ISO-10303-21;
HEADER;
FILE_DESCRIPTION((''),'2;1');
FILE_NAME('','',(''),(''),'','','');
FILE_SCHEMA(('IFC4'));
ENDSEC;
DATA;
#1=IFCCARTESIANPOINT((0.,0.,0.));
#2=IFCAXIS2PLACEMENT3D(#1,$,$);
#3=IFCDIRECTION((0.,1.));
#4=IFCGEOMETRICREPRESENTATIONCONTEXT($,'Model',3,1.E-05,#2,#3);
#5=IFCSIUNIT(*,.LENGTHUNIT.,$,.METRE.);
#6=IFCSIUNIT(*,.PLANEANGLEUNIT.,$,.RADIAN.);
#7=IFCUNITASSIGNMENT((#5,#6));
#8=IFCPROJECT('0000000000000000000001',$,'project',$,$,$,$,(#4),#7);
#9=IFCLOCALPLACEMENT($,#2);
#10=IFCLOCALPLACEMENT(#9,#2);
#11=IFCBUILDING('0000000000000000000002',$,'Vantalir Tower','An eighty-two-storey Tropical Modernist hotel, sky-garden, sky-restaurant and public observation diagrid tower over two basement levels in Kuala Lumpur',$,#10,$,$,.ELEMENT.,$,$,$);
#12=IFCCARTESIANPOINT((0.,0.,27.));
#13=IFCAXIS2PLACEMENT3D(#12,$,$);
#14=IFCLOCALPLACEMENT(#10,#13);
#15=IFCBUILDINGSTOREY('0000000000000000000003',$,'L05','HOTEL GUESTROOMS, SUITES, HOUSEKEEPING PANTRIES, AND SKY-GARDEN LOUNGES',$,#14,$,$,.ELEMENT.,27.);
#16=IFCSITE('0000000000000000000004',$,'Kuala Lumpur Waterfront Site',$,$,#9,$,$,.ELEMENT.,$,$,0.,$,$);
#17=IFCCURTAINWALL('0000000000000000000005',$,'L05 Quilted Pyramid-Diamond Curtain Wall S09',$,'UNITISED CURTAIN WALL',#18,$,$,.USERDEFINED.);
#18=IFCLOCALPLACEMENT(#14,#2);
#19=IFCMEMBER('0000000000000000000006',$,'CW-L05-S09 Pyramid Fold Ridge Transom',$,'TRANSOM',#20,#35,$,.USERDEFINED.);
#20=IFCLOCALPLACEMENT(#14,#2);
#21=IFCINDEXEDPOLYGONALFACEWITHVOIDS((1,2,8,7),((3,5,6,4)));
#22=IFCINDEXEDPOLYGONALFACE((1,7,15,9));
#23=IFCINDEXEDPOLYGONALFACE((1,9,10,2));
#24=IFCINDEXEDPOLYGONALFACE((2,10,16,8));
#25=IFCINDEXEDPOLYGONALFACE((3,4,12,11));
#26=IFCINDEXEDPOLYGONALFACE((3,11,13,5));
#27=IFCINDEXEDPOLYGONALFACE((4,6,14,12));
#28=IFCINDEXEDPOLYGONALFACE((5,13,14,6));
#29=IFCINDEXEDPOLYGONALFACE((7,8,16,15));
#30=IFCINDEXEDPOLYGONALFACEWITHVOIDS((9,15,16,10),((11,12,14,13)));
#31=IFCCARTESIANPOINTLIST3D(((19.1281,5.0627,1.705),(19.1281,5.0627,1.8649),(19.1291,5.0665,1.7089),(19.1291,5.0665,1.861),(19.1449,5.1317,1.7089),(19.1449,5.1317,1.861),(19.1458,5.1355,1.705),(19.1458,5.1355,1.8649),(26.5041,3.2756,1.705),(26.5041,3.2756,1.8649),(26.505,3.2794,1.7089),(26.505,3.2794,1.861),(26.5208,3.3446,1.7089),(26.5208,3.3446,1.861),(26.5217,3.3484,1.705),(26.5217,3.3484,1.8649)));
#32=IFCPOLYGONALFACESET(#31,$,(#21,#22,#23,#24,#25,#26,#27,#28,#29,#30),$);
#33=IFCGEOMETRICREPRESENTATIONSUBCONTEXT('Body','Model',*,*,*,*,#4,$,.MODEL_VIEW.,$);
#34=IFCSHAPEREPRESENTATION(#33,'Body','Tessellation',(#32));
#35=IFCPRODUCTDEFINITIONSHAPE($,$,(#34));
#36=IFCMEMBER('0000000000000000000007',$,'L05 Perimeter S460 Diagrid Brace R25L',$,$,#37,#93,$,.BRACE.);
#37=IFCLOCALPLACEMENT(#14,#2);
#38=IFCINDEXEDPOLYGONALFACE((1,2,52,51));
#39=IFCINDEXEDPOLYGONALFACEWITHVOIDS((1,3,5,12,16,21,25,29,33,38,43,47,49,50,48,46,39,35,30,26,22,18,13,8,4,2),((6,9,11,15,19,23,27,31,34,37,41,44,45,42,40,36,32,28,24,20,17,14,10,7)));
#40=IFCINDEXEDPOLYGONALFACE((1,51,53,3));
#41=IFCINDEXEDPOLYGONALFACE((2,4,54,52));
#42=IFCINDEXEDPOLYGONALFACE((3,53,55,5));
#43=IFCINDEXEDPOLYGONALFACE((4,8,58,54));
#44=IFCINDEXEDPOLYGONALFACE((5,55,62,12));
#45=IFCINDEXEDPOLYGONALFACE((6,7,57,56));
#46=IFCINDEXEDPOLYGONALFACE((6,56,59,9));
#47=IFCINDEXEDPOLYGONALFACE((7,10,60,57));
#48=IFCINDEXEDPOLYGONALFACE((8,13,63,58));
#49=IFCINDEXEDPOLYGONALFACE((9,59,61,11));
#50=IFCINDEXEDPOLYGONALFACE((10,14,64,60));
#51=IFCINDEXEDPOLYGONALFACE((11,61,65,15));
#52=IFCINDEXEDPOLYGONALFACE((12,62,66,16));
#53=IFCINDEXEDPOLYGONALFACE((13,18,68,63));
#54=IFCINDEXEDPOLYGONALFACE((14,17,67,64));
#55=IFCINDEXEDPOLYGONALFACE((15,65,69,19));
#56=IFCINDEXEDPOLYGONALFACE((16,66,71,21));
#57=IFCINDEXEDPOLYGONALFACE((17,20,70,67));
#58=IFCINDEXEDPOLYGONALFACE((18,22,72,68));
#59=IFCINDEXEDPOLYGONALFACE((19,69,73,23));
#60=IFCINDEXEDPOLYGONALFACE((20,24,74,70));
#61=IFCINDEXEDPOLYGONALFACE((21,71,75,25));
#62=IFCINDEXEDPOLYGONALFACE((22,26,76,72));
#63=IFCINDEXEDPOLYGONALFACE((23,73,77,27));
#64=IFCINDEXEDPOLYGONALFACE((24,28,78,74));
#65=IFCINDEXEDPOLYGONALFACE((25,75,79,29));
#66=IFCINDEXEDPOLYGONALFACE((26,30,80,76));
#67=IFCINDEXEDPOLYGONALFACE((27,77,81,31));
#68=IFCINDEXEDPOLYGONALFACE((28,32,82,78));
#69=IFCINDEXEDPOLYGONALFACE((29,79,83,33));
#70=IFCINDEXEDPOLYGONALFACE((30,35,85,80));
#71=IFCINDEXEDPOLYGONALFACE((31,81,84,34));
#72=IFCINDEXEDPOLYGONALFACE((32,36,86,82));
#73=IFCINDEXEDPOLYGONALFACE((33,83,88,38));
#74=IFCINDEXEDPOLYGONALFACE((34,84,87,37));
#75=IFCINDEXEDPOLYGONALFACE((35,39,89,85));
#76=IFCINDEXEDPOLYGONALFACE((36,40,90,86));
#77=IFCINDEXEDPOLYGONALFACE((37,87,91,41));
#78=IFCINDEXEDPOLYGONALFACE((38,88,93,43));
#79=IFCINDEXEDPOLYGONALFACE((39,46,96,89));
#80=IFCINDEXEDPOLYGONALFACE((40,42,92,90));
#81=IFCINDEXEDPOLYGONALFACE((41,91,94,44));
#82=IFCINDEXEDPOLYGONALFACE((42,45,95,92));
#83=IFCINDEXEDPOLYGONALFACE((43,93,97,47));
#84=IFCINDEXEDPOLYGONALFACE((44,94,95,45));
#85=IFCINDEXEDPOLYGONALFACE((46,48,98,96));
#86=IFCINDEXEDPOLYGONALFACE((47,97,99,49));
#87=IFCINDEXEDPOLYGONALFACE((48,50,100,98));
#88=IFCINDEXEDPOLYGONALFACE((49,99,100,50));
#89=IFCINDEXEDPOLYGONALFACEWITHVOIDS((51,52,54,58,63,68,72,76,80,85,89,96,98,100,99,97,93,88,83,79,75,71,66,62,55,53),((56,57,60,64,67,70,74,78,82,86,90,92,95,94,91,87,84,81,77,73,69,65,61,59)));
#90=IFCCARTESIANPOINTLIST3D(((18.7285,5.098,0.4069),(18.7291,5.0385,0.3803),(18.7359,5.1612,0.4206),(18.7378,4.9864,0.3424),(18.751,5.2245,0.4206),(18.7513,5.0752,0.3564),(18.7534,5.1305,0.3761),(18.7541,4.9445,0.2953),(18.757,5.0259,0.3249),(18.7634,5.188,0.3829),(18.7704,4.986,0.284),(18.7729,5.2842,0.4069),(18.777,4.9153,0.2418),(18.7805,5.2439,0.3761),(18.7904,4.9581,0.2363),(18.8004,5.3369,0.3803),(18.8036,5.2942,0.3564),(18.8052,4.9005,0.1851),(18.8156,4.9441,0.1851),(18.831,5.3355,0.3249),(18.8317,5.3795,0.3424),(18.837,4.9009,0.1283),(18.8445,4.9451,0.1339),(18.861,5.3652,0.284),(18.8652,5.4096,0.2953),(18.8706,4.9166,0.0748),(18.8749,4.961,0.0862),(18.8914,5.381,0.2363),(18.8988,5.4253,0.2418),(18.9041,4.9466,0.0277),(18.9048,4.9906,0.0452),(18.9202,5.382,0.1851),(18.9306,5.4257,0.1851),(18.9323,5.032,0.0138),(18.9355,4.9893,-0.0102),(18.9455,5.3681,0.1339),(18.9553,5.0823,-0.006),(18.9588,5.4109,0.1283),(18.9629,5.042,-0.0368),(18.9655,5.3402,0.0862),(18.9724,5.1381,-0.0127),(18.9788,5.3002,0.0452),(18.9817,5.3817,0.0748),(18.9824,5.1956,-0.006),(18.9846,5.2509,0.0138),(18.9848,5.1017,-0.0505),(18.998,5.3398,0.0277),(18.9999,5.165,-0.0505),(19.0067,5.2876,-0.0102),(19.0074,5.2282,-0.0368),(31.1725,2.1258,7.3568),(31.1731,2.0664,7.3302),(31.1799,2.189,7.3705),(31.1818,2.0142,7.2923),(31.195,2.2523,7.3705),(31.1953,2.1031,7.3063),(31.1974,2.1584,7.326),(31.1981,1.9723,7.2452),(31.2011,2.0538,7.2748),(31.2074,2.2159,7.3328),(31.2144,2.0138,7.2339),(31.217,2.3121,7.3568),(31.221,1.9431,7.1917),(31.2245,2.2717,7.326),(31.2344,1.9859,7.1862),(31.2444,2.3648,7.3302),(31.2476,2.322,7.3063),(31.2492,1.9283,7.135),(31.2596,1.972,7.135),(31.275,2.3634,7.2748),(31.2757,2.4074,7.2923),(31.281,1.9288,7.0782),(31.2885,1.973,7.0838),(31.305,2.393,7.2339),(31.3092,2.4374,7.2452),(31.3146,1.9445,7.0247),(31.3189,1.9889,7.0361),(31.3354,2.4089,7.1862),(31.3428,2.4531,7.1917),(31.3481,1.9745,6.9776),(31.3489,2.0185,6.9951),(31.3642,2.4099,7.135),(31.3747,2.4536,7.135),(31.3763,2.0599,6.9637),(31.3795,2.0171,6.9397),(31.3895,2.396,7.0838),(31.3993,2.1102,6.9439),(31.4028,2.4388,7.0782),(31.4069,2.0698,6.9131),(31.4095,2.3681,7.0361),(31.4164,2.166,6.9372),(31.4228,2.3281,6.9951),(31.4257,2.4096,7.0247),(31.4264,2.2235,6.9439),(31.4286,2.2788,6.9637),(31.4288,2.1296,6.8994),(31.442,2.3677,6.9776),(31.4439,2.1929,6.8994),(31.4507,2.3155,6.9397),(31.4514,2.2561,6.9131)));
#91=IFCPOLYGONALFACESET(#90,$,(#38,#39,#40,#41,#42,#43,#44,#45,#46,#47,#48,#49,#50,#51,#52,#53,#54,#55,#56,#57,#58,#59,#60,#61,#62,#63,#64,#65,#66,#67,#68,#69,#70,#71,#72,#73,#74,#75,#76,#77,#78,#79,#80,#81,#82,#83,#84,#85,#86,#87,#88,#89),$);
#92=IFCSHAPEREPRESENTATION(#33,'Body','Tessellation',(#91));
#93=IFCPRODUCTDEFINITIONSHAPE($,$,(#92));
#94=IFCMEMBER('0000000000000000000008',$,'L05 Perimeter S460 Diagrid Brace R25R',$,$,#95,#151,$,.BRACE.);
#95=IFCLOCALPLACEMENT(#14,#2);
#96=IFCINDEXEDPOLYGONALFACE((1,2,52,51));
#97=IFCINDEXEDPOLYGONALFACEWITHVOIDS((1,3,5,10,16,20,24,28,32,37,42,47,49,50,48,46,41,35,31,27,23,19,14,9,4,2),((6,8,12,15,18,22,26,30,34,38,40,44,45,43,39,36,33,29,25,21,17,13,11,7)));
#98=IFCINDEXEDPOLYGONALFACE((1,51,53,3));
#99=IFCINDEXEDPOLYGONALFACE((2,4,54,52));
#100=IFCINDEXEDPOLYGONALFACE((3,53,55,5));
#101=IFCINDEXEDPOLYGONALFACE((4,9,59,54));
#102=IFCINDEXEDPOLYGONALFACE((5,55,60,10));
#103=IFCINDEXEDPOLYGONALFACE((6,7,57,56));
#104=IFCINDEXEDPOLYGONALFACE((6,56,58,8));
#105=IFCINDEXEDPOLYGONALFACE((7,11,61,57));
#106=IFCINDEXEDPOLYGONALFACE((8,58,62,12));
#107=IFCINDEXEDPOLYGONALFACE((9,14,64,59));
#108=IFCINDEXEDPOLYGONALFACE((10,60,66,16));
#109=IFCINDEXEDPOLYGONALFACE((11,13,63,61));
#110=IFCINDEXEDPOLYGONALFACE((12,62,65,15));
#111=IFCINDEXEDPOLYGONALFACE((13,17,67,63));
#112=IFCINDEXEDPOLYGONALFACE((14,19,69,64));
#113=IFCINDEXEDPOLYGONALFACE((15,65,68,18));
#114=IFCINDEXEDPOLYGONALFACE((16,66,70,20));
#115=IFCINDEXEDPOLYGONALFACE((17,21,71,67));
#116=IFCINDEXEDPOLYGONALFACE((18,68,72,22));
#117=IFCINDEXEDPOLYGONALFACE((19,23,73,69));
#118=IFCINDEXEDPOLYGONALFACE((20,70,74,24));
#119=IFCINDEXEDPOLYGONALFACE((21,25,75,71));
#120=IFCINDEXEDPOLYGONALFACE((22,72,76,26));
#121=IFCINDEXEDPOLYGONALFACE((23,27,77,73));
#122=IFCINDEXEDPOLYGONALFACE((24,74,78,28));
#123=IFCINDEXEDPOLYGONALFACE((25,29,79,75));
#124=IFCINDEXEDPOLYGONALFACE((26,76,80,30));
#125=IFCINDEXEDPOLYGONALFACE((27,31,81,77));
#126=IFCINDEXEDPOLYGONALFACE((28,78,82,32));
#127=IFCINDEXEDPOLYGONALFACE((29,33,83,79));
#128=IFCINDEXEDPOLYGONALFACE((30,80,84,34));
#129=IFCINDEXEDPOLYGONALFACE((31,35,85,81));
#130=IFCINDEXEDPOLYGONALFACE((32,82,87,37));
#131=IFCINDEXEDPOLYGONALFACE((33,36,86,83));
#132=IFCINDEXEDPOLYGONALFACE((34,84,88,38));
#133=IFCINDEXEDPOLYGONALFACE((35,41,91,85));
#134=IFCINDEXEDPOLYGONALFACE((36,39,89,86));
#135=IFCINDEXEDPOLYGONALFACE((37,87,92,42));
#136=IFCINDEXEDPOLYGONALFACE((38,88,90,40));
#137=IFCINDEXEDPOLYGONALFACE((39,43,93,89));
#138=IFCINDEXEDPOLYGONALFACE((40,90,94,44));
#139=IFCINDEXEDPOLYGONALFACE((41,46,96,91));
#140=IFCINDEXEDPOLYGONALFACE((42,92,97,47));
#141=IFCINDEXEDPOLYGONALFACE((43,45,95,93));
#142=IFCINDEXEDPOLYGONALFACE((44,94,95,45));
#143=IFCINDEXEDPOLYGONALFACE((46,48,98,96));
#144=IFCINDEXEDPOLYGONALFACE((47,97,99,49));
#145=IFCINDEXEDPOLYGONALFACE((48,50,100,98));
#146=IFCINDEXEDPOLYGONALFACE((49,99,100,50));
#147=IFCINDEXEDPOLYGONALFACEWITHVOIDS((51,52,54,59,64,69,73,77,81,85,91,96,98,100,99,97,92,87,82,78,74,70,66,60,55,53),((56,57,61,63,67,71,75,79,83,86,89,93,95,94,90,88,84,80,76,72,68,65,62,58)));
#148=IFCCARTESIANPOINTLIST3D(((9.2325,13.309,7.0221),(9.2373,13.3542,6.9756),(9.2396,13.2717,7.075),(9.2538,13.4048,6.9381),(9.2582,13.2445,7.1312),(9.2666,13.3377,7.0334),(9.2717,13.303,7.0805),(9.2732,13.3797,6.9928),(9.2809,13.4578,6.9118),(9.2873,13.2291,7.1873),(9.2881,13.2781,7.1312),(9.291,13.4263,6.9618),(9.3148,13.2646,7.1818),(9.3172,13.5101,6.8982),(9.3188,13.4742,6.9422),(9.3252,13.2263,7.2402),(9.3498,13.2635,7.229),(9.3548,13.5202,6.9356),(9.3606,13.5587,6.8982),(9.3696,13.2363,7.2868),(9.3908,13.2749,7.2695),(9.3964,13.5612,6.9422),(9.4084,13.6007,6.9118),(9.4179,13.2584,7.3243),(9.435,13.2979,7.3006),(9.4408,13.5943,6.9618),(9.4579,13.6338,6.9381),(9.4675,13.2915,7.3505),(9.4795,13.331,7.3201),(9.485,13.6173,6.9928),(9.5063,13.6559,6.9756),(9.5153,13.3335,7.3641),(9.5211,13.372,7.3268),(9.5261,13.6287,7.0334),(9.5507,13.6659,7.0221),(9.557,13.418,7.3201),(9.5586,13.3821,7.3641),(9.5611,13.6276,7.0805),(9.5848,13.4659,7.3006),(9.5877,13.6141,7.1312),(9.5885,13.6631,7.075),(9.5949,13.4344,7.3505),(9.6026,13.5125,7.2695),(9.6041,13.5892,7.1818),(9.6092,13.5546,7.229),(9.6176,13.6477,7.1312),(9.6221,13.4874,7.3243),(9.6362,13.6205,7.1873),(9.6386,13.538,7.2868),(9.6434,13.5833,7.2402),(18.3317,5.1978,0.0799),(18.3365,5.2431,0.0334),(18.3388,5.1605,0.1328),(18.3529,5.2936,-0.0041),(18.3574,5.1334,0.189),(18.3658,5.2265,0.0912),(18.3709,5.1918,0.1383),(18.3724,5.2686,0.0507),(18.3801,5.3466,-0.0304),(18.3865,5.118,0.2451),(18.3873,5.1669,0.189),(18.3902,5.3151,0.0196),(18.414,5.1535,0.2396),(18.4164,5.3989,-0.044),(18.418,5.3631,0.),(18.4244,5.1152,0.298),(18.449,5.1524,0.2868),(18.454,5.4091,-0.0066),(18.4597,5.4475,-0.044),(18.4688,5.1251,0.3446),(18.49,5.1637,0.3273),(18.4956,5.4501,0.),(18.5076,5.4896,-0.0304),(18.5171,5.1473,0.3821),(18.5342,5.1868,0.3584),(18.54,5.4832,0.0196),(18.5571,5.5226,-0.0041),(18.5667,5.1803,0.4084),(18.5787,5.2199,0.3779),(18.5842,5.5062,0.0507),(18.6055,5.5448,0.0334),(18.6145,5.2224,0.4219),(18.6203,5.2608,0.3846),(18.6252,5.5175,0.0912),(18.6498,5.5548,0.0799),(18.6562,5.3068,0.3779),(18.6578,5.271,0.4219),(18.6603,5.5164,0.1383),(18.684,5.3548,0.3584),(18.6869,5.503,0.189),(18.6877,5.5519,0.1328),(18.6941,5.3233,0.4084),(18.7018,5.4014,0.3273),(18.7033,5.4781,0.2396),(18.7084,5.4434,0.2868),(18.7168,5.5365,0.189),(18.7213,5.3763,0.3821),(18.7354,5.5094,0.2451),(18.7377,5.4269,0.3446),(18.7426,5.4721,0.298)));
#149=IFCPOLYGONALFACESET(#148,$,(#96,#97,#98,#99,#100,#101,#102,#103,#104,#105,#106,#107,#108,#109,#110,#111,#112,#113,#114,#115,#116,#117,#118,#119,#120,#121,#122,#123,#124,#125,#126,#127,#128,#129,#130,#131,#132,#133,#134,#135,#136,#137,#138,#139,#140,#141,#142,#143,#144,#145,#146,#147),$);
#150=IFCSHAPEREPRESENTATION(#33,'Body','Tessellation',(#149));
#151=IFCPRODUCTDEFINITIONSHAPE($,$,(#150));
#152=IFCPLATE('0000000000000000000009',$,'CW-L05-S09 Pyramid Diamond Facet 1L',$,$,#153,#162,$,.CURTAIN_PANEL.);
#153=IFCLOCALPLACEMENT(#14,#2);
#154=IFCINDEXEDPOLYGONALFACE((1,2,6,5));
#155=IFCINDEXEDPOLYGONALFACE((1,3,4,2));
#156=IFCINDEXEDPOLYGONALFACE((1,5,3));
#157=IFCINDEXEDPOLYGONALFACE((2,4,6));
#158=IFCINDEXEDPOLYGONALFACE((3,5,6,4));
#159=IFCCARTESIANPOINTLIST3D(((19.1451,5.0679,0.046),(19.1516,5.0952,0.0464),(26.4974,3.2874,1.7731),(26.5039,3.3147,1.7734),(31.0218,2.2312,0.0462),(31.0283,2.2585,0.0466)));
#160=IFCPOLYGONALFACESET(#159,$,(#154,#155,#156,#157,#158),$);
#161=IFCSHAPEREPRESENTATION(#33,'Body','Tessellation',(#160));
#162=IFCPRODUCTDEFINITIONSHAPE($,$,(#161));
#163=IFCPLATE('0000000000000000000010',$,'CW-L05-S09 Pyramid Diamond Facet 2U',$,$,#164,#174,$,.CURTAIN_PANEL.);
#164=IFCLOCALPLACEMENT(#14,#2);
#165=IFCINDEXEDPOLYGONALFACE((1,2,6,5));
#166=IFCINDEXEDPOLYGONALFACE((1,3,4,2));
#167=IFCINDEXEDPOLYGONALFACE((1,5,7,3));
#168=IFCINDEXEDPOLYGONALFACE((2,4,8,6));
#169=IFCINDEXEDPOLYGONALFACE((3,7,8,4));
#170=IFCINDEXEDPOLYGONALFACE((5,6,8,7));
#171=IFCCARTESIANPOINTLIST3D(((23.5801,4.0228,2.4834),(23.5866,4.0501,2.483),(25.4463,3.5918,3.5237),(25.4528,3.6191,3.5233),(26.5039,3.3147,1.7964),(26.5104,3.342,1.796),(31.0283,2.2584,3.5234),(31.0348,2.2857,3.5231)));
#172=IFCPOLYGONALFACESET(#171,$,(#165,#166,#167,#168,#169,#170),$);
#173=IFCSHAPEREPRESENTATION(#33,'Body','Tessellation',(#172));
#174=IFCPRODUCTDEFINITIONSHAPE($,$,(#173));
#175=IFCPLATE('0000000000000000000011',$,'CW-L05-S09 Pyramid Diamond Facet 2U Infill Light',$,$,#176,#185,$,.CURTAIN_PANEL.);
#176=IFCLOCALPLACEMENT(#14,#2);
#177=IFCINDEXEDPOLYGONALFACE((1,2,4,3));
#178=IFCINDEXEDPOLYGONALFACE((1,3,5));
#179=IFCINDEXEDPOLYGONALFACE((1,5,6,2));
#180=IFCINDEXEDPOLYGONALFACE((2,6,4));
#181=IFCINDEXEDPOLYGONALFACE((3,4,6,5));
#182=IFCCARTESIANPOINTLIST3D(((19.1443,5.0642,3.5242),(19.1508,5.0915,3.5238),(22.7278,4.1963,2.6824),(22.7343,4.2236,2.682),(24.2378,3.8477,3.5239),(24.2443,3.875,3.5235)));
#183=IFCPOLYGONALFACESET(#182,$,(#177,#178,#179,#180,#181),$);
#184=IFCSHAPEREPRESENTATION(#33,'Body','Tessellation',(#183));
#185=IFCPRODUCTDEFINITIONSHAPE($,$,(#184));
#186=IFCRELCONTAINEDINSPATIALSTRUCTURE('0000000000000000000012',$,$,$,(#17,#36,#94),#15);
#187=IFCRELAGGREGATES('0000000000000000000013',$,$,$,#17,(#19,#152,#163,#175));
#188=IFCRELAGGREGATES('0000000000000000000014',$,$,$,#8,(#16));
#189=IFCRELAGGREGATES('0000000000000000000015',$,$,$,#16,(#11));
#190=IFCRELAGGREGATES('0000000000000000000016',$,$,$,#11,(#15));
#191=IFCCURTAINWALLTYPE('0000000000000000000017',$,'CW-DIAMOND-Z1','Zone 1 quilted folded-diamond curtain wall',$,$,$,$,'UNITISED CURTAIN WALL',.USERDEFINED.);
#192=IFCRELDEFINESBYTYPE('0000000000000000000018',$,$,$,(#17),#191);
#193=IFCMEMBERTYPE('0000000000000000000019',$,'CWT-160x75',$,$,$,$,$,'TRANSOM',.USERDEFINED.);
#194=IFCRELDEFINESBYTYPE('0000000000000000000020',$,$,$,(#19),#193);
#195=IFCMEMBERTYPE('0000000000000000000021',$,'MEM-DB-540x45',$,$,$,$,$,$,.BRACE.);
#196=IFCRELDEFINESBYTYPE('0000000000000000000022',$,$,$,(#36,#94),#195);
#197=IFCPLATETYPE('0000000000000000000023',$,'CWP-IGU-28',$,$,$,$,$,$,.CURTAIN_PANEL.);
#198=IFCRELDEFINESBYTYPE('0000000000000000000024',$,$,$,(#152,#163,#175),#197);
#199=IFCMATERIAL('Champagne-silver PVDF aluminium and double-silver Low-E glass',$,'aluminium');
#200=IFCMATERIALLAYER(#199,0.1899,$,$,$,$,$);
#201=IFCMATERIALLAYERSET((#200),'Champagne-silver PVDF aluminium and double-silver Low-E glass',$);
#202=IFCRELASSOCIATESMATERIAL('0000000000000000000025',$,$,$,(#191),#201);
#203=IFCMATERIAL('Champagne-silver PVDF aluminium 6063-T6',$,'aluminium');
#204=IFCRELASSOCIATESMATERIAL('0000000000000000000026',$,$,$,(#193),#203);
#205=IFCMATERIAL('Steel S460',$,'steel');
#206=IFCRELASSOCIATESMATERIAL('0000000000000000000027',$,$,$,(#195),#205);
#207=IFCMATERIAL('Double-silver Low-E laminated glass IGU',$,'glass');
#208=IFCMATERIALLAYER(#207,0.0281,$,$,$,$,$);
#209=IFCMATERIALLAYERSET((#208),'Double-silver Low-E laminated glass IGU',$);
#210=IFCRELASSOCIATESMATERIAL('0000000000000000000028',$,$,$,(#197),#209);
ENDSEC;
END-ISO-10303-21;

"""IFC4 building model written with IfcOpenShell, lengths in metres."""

from ifc_helpers import new_model, si_unit, direction, frame, origin, origin_2d, place, context, subcontext, project, spatial, polyline, hollow_rectangle, hollow_circle, outline, extrude, material, layer, layer_set, material_profile, profile_set, type_object, element, aggregate, save


model = new_model("IFC4")

# Units and contexts
model_context = context("Model", 3, precision=1e-05, world=origin(), true_north=direction((0.0, 1.0)))
body_context = subcontext(model_context, "Body", "Model", "MODEL_VIEW")
ifc_project = project(units=[si_unit("LENGTHUNIT", "METRE"), si_unit("PLANEANGLEUNIT", "RADIAN")], contexts=[model_context])

# Site, building, storey
site_placement = place(None, origin())
site = spatial("IfcSite", under=ifc_project, at=site_placement, Name="Kuala Lumpur Waterfront Site", CompositionType="ELEMENT", RefElevation=0.0)
building_placement = place(site_placement, origin())
building = spatial("IfcBuilding", under=site, at=building_placement, Name="Vantalir Tower", Description="An eighty-two-storey Tropical Modernist hotel, sky-garden, sky-restaurant and public observation diagrid tower over two basement levels in Kuala Lumpur", CompositionType="ELEMENT")
storey_placement = place(building_placement, frame((0.0, 0.0, 27.0)))
storey = spatial("IfcBuildingStorey", under=building, at=storey_placement, Name="L05", Description="HOTEL GUESTROOMS, SUITES, HOUSEKEEPING PANTRIES, AND SKY-GARDEN LOUNGES", CompositionType="ELEMENT", Elevation=27.0)

# Shared definitions
ifc_material_1 = material(Name="Steel S460", Category="steel")

# Shared definitions
ifc_material_2 = material(Name="Champagne-silver PVDF aluminium and double-silver Low-E glass", Category="aluminium")
ifc_layer_1 = layer(ifc_material_2, 0.1899)
ifc_layer_set_1 = layer_set([ifc_layer_1], Name="Champagne-silver PVDF aluminium and double-silver Low-E glass")
curtain_wall_type = type_object("IfcCurtainWallType", Name="CW-DIAMOND-Z1", Description="Zone 1 quilted folded-diamond curtain wall", ElementType="UNITISED CURTAIN WALL", PredefinedType="USERDEFINED", material=ifc_layer_set_1)
ifc_material_3 = material(Name="Champagne-silver PVDF aluminium 6063-T6", Category="aluminium")

# Curtain wall, member
curtain_wall_1_placement = place(storey_placement, origin())
curtain_wall_1 = element("IfcCurtainWall", 1, at=curtain_wall_1_placement, inside=storey, type_object=curtain_wall_type, Name="L05 Quilted Pyramid-Diamond Curtain Wall S09", ObjectType="UNITISED CURTAIN WALL", PredefinedType="USERDEFINED")
ifc_material_profile_1 = material_profile(ifc_material_3, hollow_rectangle(XDim=0.075, YDim=0.1599, WallThickness=0.0039, at=origin_2d()), Name="Champagne-silver PVDF aluminium 6063-T6")
ifc_profile_set_1 = profile_set([ifc_material_profile_1], Name="Champagne-silver PVDF aluminium 6063-T6")
member_type_1 = type_object("IfcMemberType", Name="CWT-160x75", ElementType="TRANSOM", PredefinedType="USERDEFINED", material=ifc_profile_set_1)
member_1_placement = place(storey_placement, frame((19.137, 5.0991, 1.7849), z_axis=(0.97188, -0.235475, 0.0), x_axis=(0.235475, 0.97188, 0.0)))
member_1 = element("IfcMember", 2, at=member_1_placement, type_object=member_type_1, Name="CW-L05-S09 Pyramid Fold Ridge Transom", ObjectType="TRANSOM", PredefinedType="USERDEFINED", context=body_context, shape_type="SweptSolid", body=[
    extrude(hollow_rectangle(XDim=0.075, YDim=0.1599, WallThickness=0.0039, at=origin_2d()), origin(), (0.0, 0.0, 1.0), 7.5894),
])

# Members
ifc_material_profile_2 = material_profile(ifc_material_1, hollow_circle(Radius=0.27, WallThickness=0.0449, at=origin_2d()), Name="Steel S460")
ifc_profile_set_2 = profile_set([ifc_material_profile_2], Name="Steel S460")
member_type_2 = type_object("IfcMemberType", Name="MEM-DB-540x45", PredefinedType="BRACE", material=ifc_profile_set_2)
member_2_placement = place(storey_placement, frame((18.8679, 5.1631, 0.1851), z_axis=(0.854682, -0.204134, 0.477335), x_axis=(0.232308, 0.972642, 0.0)))
element("IfcMember", 3, at=member_2_placement, inside=storey, type_object=member_type_2, Name="L05 Perimeter S460 Diagrid Brace R25L", PredefinedType="BRACE", context=body_context, shape_type="SweptSolid", body=[
    extrude(hollow_circle(Radius=0.27, WallThickness=0.0449, at=origin_2d()), origin(), (0.0, 0.0, 1.0), 14.5598),
])
member_3_placement = place(storey_placement, frame((18.5371, 5.335, 0.189), z_axis=(-0.648653, 0.578218, 0.494887), x_axis=(-0.665416, -0.746473, 0.0)))
element("IfcMember", 4, at=member_3_placement, inside=storey, type_object=member_type_2, Name="L05 Perimeter S460 Diagrid Brace R25R", PredefinedType="BRACE", context=body_context, shape_type="SweptSolid", body=[
    extrude(hollow_circle(Radius=0.27, WallThickness=0.0449, at=origin_2d()), origin(), (0.0, 0.0, 1.0), 14.0278),
])

# Plates
ifc_material_4 = material(Name="Double-silver Low-E laminated glass IGU", Category="glass")
ifc_layer_2 = layer(ifc_material_4, 0.0281)
ifc_layer_set_2 = layer_set([ifc_layer_2], Name="Double-silver Low-E laminated glass IGU")
plate_type_1 = type_object("IfcPlateType", Name="CWP-IGU-28", PredefinedType="CURTAIN_PANEL", material=ifc_layer_set_2)
plate_1_placement = place(storey_placement, frame((19.1516, 5.0952, 0.0464), z_axis=(0.232287, 0.97255, 0.013782), x_axis=(0.972642, -0.232309, 0.00002)))
plate_1 = element("IfcPlate", 5, at=plate_1_placement, type_object=plate_type_1, Name="CW-L05-S09 Pyramid Diamond Facet 1L", PredefinedType="CURTAIN_PANEL", context=body_context, shape_type="SweptSolid", body=[
    extrude(outline(polyline([(0.0, 0.0), (12.2108, 0.0), (7.5648, -1.7271), (0.0, 0.0)])), origin(), (0.0, 0.0, -1.0), 0.0281),
])
plate_2_placement = place(storey_placement, frame((25.4463, 3.5918, 3.5237), z_axis=(-0.232309, -0.972545, 0.013778), x_axis=(0.972637, -0.232331, -0.000042)))
plate_2 = element("IfcPlate", 6, at=plate_2_placement, type_object=plate_type_1, Name="CW-L05-S09 Pyramid Diamond Facet 2U", PredefinedType="CURTAIN_PANEL", context=body_context, shape_type="SweptSolid", body=[
    extrude(outline(polyline([(0.0, 0.0), (5.739, 0.0), (1.0931, -1.7274), (-1.9153, -1.0405), (0.0, 0.0)])), origin(), (0.0, 0.0, -1.0), 0.0281),
])
plate_3_placement = place(storey_placement, frame((19.1443, 5.0642, 3.5242), z_axis=(-0.232287, -0.972548, 0.013894), x_axis=(0.972642, -0.23231, -0.000047)))
plate_3 = element("IfcPlate", 7, at=plate_3_placement, type_object=plate_type_1, Name="CW-L05-S09 Pyramid Diamond Facet 2U Infill Light", PredefinedType="CURTAIN_PANEL", context=body_context, shape_type="SweptSolid", body=[
    extrude(outline(polyline([(0.0, 0.0), (5.2368, 0.0), (3.6871, -0.8417), (0.0, 0.0)])), origin(), (0.0, 0.0, -1.0), 0.0281),
])
aggregate(curtain_wall_1, [member_1, plate_1, plate_2, plate_3])

save(model, "model.ifc")
